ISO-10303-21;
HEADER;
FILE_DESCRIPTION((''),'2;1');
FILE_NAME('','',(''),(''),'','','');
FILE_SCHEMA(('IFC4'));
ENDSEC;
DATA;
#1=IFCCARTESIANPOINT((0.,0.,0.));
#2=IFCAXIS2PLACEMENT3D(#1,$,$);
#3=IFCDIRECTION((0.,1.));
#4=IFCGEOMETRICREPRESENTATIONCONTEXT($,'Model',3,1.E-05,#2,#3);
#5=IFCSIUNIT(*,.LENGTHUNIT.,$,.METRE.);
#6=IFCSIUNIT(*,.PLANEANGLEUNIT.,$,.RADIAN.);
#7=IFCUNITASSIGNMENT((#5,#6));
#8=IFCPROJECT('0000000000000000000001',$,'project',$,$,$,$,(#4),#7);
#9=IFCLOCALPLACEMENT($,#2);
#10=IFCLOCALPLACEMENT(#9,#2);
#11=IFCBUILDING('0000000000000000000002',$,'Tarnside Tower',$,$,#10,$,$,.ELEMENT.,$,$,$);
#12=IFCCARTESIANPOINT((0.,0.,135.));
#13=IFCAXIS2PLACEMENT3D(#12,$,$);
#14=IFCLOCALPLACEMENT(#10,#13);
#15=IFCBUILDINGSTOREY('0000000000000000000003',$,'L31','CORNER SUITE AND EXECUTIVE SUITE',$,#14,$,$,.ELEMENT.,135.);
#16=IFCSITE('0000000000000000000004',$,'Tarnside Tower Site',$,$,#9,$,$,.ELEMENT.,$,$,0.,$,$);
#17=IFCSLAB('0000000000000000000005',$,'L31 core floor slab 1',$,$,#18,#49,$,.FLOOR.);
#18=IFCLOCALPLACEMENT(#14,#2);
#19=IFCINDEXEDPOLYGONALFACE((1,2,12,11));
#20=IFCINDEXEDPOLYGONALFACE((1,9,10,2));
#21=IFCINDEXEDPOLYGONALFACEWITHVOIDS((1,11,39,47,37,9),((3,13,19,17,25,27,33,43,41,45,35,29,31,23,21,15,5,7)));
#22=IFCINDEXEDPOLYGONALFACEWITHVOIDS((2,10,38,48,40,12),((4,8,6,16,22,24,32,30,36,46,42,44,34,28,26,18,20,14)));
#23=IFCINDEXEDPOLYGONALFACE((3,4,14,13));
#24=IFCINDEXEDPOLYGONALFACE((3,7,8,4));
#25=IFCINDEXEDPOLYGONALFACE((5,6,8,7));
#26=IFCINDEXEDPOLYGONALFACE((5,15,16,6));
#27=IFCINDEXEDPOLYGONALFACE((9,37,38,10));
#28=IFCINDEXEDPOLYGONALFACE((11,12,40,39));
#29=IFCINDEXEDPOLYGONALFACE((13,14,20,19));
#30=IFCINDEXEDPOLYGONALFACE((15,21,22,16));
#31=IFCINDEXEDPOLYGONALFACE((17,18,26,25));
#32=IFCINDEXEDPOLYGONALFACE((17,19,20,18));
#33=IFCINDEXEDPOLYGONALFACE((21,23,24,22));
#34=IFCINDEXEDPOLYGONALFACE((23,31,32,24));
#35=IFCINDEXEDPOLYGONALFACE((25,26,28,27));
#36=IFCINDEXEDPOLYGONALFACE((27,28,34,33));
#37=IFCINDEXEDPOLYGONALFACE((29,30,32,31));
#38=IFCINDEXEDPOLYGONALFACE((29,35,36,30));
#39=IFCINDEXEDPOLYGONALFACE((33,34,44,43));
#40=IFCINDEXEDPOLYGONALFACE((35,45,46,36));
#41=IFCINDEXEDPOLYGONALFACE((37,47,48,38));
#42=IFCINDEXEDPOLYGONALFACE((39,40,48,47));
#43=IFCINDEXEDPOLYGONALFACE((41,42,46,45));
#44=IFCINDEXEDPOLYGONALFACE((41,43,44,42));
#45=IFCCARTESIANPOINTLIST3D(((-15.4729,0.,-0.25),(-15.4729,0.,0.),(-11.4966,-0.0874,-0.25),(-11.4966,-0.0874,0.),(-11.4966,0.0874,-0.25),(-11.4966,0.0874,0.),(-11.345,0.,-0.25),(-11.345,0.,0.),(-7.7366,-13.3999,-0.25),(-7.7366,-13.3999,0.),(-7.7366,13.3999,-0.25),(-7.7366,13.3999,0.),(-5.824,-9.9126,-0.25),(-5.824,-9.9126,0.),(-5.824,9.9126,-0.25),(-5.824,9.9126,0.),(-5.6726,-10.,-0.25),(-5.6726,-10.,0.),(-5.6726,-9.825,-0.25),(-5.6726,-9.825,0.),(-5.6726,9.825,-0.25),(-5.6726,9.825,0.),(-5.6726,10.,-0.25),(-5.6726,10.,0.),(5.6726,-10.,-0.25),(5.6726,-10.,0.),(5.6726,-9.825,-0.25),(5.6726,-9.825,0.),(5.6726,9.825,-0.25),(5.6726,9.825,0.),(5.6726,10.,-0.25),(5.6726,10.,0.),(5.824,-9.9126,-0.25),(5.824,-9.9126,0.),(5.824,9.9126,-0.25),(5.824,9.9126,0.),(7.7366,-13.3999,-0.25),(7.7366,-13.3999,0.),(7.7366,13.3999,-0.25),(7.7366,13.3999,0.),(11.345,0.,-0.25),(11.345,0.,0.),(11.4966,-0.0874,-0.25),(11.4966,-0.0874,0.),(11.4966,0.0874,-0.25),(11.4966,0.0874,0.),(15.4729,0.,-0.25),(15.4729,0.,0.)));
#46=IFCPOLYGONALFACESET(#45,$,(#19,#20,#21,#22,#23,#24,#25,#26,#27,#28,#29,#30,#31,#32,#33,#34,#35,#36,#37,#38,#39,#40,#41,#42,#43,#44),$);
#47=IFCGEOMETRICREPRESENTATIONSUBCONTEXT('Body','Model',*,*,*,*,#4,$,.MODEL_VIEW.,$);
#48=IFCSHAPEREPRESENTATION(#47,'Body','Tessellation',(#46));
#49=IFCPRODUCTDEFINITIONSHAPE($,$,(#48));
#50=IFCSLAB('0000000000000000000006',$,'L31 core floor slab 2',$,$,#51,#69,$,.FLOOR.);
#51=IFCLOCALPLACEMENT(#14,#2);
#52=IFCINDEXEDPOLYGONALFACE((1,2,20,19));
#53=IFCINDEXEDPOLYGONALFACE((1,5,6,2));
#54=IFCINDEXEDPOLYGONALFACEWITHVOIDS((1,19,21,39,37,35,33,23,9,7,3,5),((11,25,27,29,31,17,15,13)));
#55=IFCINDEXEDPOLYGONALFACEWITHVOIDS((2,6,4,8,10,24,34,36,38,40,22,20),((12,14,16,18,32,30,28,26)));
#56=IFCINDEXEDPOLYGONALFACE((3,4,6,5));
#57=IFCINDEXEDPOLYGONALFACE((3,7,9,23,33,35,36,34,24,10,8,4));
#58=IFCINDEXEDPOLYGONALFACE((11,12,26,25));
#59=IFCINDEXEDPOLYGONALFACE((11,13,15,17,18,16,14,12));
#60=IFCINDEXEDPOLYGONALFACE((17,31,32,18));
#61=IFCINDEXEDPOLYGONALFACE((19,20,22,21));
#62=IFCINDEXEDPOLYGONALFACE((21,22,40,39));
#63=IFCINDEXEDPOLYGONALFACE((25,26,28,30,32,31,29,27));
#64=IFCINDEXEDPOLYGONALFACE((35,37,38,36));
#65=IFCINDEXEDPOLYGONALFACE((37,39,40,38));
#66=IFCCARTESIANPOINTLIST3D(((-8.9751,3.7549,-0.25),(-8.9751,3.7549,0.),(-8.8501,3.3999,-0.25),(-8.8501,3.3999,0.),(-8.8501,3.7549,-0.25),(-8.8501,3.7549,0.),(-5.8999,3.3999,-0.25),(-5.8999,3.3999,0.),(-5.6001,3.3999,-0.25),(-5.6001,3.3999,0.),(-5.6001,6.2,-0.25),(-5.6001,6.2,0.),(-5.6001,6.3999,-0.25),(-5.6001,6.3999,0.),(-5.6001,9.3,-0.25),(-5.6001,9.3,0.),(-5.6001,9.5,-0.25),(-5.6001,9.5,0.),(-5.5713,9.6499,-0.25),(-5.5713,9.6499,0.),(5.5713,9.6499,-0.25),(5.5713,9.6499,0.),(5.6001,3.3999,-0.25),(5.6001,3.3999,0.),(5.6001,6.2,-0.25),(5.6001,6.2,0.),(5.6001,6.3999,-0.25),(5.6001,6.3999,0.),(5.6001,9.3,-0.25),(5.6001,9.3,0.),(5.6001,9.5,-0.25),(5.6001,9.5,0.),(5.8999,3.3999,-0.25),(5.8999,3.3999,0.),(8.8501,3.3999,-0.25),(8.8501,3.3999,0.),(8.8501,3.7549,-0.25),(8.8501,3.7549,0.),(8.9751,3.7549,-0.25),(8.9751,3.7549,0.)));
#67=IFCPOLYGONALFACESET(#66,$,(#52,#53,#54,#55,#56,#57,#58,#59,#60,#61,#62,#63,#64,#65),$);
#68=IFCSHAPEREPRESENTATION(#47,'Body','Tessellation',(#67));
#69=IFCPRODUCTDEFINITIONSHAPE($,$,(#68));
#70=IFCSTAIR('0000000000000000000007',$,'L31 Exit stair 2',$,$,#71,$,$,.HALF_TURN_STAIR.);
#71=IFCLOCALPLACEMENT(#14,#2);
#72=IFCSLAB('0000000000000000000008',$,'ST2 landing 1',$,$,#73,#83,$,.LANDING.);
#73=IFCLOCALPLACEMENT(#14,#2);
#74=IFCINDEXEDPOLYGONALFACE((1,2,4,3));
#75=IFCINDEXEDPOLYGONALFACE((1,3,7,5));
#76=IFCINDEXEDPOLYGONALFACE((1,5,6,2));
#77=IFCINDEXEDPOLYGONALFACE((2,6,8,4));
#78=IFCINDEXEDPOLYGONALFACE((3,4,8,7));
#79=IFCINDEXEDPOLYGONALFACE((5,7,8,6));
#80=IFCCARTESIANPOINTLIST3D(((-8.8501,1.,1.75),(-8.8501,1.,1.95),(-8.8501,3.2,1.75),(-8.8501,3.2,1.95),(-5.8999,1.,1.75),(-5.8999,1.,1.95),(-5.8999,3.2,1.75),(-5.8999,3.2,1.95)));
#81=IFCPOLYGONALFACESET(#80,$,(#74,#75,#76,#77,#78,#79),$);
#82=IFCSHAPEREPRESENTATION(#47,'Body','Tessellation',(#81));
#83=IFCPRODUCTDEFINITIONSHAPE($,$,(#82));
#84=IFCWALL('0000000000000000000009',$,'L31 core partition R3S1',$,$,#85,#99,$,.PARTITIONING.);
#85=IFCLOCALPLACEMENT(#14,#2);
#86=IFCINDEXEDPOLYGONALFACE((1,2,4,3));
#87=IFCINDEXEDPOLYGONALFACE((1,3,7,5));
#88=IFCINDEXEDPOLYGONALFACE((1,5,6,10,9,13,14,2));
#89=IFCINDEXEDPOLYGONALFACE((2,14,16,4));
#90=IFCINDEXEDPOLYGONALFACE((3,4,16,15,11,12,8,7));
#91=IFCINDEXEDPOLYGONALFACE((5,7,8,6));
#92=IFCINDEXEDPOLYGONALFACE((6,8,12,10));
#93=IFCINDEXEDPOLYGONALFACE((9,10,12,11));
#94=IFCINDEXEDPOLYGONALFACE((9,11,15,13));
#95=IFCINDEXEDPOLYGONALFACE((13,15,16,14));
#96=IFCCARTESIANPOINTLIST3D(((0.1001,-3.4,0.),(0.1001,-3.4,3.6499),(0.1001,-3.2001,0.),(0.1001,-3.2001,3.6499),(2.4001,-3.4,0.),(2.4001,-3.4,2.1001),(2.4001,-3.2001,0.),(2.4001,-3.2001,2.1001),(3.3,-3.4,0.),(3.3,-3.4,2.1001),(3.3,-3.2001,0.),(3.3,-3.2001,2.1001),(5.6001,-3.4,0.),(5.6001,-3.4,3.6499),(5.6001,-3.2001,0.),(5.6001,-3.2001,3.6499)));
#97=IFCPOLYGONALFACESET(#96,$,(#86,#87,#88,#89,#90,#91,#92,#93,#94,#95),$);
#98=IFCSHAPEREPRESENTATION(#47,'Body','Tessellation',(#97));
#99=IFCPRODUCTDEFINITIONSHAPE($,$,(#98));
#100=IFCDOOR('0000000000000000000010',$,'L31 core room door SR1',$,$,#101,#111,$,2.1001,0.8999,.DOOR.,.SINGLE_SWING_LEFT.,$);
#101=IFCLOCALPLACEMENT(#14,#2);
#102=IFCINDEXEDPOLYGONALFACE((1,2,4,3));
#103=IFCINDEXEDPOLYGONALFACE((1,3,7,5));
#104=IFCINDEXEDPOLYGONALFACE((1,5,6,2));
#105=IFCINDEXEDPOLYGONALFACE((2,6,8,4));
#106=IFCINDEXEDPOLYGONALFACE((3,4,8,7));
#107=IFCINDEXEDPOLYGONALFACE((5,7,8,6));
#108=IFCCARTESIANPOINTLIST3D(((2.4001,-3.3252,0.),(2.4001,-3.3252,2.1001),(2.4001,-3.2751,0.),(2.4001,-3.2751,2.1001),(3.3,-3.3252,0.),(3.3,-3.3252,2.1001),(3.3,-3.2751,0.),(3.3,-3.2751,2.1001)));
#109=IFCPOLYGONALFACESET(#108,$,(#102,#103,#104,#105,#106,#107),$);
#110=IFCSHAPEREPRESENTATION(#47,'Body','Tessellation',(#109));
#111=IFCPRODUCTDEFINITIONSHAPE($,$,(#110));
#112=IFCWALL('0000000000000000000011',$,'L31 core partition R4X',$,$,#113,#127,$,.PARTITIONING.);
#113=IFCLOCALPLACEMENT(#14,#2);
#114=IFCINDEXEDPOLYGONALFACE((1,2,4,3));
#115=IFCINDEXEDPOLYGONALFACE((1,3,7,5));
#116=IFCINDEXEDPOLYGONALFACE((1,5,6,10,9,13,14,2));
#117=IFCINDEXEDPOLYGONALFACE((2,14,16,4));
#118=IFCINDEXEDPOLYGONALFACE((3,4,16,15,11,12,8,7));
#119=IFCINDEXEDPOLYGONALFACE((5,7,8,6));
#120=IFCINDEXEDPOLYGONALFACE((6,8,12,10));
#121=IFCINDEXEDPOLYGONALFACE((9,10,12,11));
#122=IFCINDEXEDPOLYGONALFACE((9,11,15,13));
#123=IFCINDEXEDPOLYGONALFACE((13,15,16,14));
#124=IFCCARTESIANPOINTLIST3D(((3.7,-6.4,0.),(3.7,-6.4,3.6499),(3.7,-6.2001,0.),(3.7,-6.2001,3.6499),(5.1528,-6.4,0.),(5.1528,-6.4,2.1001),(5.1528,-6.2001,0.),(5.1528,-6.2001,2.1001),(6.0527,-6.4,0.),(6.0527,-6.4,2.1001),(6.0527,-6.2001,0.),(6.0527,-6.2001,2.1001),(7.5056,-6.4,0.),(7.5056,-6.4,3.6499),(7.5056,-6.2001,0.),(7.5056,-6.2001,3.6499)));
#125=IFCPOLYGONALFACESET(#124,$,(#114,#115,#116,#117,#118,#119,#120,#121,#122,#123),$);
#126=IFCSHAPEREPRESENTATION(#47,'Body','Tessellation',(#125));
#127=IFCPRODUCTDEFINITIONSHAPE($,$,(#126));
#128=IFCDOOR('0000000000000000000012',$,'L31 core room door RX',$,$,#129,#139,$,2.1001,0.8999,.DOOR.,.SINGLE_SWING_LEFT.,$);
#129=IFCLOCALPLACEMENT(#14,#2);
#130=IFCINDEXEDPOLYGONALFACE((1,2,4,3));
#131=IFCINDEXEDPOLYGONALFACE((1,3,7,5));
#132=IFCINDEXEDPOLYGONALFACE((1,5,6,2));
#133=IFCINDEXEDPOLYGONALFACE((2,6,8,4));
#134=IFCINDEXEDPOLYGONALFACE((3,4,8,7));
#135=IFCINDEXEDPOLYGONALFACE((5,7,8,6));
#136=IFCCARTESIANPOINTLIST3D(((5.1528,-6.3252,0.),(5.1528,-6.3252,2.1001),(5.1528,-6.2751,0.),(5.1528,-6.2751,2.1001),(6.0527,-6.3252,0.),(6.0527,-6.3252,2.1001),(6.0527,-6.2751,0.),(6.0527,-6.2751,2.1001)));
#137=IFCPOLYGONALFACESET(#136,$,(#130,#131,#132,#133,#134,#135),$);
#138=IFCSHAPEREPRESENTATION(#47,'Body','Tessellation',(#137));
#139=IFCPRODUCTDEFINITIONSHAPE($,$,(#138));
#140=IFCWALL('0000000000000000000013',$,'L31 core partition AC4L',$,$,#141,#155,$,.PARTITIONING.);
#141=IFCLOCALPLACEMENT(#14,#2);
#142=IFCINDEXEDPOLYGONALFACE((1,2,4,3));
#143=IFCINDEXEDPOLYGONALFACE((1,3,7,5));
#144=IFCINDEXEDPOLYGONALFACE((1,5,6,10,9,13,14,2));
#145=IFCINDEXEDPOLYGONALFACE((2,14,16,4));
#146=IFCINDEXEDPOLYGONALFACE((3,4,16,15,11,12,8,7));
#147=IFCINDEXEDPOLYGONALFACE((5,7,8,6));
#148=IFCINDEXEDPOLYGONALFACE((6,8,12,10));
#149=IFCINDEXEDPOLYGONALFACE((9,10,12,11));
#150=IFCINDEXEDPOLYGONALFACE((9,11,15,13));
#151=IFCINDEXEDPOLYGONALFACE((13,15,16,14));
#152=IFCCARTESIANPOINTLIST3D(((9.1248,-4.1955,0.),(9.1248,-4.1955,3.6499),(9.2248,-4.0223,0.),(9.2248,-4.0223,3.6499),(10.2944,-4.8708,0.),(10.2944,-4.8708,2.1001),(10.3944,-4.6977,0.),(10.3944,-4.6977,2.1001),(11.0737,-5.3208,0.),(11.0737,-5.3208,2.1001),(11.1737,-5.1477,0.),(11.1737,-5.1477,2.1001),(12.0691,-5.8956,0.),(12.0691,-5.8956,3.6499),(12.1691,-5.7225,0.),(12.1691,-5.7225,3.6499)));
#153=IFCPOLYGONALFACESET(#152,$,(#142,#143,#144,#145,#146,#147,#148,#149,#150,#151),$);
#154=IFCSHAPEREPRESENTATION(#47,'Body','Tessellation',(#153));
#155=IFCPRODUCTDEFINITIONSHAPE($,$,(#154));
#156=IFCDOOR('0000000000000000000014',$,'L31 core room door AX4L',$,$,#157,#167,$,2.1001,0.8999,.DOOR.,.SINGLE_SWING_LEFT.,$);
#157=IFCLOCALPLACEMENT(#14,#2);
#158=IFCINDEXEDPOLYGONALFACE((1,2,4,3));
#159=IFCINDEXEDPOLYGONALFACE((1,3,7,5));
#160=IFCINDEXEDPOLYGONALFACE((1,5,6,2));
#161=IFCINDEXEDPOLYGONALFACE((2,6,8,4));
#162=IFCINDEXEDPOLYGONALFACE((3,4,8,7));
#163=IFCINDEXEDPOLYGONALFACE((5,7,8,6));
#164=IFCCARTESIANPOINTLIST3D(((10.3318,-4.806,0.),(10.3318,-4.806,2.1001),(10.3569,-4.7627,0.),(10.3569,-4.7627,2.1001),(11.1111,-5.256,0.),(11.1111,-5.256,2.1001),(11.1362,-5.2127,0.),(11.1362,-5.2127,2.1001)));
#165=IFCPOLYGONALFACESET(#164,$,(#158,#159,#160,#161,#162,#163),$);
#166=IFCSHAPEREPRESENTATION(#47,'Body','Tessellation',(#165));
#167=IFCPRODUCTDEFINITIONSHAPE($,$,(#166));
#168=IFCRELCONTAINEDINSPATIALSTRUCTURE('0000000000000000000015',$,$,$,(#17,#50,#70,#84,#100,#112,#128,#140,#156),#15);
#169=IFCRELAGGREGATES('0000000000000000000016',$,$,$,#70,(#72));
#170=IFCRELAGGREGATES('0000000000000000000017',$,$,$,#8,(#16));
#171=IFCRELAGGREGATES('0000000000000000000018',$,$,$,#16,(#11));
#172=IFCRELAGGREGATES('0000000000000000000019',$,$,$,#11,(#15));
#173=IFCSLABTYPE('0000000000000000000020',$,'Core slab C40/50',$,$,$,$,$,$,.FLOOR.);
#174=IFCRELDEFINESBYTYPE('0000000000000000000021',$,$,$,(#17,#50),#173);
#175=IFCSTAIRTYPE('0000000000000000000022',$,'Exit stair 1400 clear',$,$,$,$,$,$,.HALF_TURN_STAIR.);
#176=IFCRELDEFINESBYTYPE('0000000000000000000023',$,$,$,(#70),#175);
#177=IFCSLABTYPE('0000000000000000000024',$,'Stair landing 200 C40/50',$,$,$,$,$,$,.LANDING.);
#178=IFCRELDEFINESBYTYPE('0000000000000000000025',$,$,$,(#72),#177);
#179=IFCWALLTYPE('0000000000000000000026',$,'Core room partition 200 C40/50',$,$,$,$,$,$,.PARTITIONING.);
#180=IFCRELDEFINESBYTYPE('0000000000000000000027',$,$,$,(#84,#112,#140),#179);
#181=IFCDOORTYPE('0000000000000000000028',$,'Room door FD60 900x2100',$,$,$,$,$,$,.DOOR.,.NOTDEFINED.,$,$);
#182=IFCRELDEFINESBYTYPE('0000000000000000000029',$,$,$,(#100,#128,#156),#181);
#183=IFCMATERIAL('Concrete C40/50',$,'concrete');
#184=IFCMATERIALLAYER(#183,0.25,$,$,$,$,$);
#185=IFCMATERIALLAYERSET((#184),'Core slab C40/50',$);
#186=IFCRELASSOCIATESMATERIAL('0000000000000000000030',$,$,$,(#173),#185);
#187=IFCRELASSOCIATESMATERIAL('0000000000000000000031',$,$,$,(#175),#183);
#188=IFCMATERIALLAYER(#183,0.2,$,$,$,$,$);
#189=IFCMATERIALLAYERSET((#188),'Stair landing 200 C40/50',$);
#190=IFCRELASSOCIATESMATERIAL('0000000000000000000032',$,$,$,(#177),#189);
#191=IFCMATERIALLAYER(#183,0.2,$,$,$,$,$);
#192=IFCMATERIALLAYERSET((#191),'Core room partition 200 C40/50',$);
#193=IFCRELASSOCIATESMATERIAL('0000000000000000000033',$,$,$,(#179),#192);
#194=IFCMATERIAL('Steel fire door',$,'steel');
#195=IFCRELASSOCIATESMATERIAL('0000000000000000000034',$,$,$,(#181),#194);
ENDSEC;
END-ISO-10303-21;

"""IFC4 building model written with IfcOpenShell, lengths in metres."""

from ifc_helpers import new_model, si_unit, direction, frame, frame_2d, origin, place, context, subcontext, project, spatial, polyline, rectangle, outline, extrude, material, layer, layer_set, type_object, element, fill, aggregate, save


model = new_model("IFC4")

# Units and contexts
model_context = context("Model", 3, precision=1e-05, world=origin(), true_north=direction((0.0, 1.0)))
body_context = subcontext(model_context, "Body", "Model", "MODEL_VIEW")
ifc_project = project(units=[si_unit("LENGTHUNIT", "METRE"), si_unit("PLANEANGLEUNIT", "RADIAN")], contexts=[model_context])

# Site, building, storey
site_placement = place(None, origin())
site = spatial("IfcSite", under=ifc_project, at=site_placement, Name="Tarnside Tower Site", CompositionType="ELEMENT", RefElevation=0.0)
building_placement = place(site_placement, origin())
building = spatial("IfcBuilding", under=site, at=building_placement, Name="Tarnside Tower", CompositionType="ELEMENT")
storey_placement = place(building_placement, frame((0.0, 0.0, 135.0)))
storey = spatial("IfcBuildingStorey", under=building, at=storey_placement, Name="L31", Description="CORNER SUITE AND EXECUTIVE SUITE", CompositionType="ELEMENT", Elevation=135.0)

# Slabs
ifc_material_1 = material(Name="Concrete C40/50", Category="concrete")
ifc_layer_1 = layer(ifc_material_1, 0.25)
ifc_layer_set_1 = layer_set([ifc_layer_1], Name="Core slab C40/50")
slab_type_1 = type_object("IfcSlabType", Name="Core slab C40/50", PredefinedType="FLOOR", material=ifc_layer_set_1)
slab_1_placement = place(storey_placement, frame((0.0, 0.0, -0.25)))
element("IfcSlab", 1, at=slab_1_placement, inside=storey, type_object=slab_type_1, Name="L31 core floor slab 1", PredefinedType="FLOOR", context=body_context, shape_type="SweptSolid", body=[
    extrude(outline(polyline([(-15.4729, 0.0), (-7.7366, 13.3999), (7.7366, 13.3999), (15.4729, 0.0), (7.7366, -13.3999), (-7.7366, -13.3999), (-15.4729, 0.0)]), holes=[polyline([(5.824, -9.9126), (11.4966, -0.0874), (11.345, 0.0), (11.4966, 0.0874), (5.824, 9.9126), (5.6726, 9.825), (5.6726, 10.0), (-5.6726, 10.0), (-5.6726, 9.825), (-5.824, 9.9126), (-11.4966, 0.0874), (-11.345, 0.0), (-11.4966, -0.0874), (-5.824, -9.9126), (-5.6726, -9.825), (-5.6726, -10.0), (5.6726, -10.0), (5.6726, -9.825), (5.824, -9.9126)])]), origin(), (0.0, 0.0, 1.0), 0.25),
])
slab_2_placement = place(storey_placement, frame((0.0, 0.0, -0.25)))
element("IfcSlab", 2, at=slab_2_placement, inside=storey, type_object=slab_type_1, Name="L31 core floor slab 2", PredefinedType="FLOOR", context=body_context, shape_type="SweptSolid", body=[
    extrude(outline(polyline([(-8.9751, 3.7549), (-5.5713, 9.6499), (5.5713, 9.6499), (8.9751, 3.7549), (8.8501, 3.7549), (8.8501, 3.3999), (5.8999, 3.3999), (5.6001, 3.3999), (5.6001, 3.3999), (-5.6001, 3.3999), (-5.8999, 3.3999), (-8.8501, 3.3999), (-8.8501, 3.7549), (-8.9751, 3.7549)]), holes=[polyline([(-5.6001, 6.2), (5.6001, 6.2), (5.6001, 6.3999), (5.6001, 9.3), (5.6001, 9.5), (-5.6001, 9.5), (-5.6001, 9.3), (-5.6001, 6.3999), (-5.6001, 6.2)])]), origin(), (0.0, 0.0, 1.0), 0.25),
])

# Stair, slab
stair_type = type_object("IfcStairType", Name="Exit stair 1400 clear", PredefinedType="HALF_TURN_STAIR", material=ifc_material_1)
stair_1_placement = place(storey_placement, origin())
stair_1 = element("IfcStair", 3, at=stair_1_placement, inside=storey, type_object=stair_type, Name="L31 Exit stair 2", PredefinedType="HALF_TURN_STAIR")
ifc_layer_2 = layer(ifc_material_1, 0.2)
ifc_layer_set_2 = layer_set([ifc_layer_2], Name="Stair landing 200 C40/50")
slab_type_2 = type_object("IfcSlabType", Name="Stair landing 200 C40/50", PredefinedType="LANDING", material=ifc_layer_set_2)
slab_3_placement = place(storey_placement, frame((0.0, 0.0, 1.75)))
slab_3 = element("IfcSlab", 4, at=slab_3_placement, type_object=slab_type_2, Name="ST2 landing 1", PredefinedType="LANDING", context=body_context, shape_type="SweptSolid", body=[
    extrude(outline(polyline([(-5.8999, 1.0), (-5.8999, 3.2), (-8.8501, 3.2), (-8.8501, 1.0), (-5.8999, 1.0)])), origin(), (0.0, 0.0, 1.0), 0.2),
])
aggregate(stair_1, [slab_3])

# Walls, openings, doors
ifc_layer_3 = layer(ifc_material_1, 0.2)
ifc_layer_set_3 = layer_set([ifc_layer_3], Name="Core room partition 200 C40/50")
wall_type_1 = type_object("IfcWallType", Name="Core room partition 200 C40/50", PredefinedType="PARTITIONING", material=ifc_layer_set_3)
wall_1_placement = place(storey_placement, frame((0.1001, -3.3, 0.0), z_axis=(0.0, 0.0, 1.0), x_axis=(1.0, 0.0, 0.0)))
wall_1 = element("IfcWall", 5, at=wall_1_placement, inside=storey, type_object=wall_type_1, Name="L31 core partition R3S1", PredefinedType="PARTITIONING", context=body_context, shape_type="SweptSolid", body=[
    extrude(rectangle(XDim=5.5, YDim=0.2, at=frame_2d((2.75, 0.0))), origin(), (0.0, 0.0, 1.0), 3.6499),
])
opening_1_placement = place(wall_1_placement, frame((2.3, 0.0, 0.0)))
opening_1 = element("IfcOpeningElement", 6, at=opening_1_placement, cuts=wall_1, PredefinedType="OPENING", context=body_context, shape_type="SweptSolid", body=[
    extrude(rectangle(XDim=0.8999, YDim=2.1001, at=frame_2d((0.45, 1.05))), frame((0.0, 0.1099, 0.0), z_axis=(0.0, -1.0, 0.0), x_axis=(1.0, 0.0, 0.0)), (0.0, 0.0, 1.0), 0.22),
])
ifc_material_2 = material(Name="Steel fire door", Category="steel")
door_type_1 = type_object("IfcDoorType", Name="Room door FD60 900x2100", OperationType="NOTDEFINED", PredefinedType="DOOR", material=ifc_material_2)
door_1_placement = place(opening_1_placement, origin())
door_1 = element("IfcDoor", 7, at=door_1_placement, inside=storey, type_object=door_type_1, Name="L31 core room door SR1", OperationType="SINGLE_SWING_LEFT", OverallHeight=2.1001, OverallWidth=0.8999, PredefinedType="DOOR", context=body_context, shape_type="SweptSolid", body=[
    extrude(rectangle(XDim=0.8999, YDim=2.1001, at=frame_2d((0.45, 1.05))), frame((0.0, 0.0249, 0.0), z_axis=(0.0, -1.0, 0.0), x_axis=(1.0, 0.0, 0.0)), (0.0, 0.0, 1.0), 0.05),
])
fill(opening_1, door_1)
wall_2_placement = place(storey_placement, frame((3.7, -6.3, 0.0), z_axis=(0.0, 0.0, 1.0), x_axis=(1.0, 0.0, 0.0)))
wall_2 = element("IfcWall", 8, at=wall_2_placement, inside=storey, type_object=wall_type_1, Name="L31 core partition R4X", PredefinedType="PARTITIONING", context=body_context, shape_type="SweptSolid", body=[
    extrude(rectangle(XDim=3.8057, YDim=0.2, at=frame_2d((1.9028, 0.0))), origin(), (0.0, 0.0, 1.0), 3.6499),
])
opening_2_placement = place(wall_2_placement, frame((1.4529, 0.0, 0.0)))
opening_2 = element("IfcOpeningElement", 9, at=opening_2_placement, cuts=wall_2, PredefinedType="OPENING", context=body_context, shape_type="SweptSolid", body=[
    extrude(rectangle(XDim=0.8999, YDim=2.1001, at=frame_2d((0.45, 1.05))), frame((0.0, 0.1099, 0.0), z_axis=(0.0, -1.0, 0.0), x_axis=(1.0, 0.0, 0.0)), (0.0, 0.0, 1.0), 0.22),
])
door_2_placement = place(opening_2_placement, origin())
door_2 = element("IfcDoor", 10, at=door_2_placement, inside=storey, type_object=door_type_1, Name="L31 core room door RX", OperationType="SINGLE_SWING_LEFT", OverallHeight=2.1001, OverallWidth=0.8999, PredefinedType="DOOR", context=body_context, shape_type="SweptSolid", body=[
    extrude(rectangle(XDim=0.8999, YDim=2.1001, at=frame_2d((0.45, 1.05))), frame((0.0, 0.0249, 0.0), z_axis=(0.0, -1.0, 0.0), x_axis=(1.0, 0.0, 0.0)), (0.0, 0.0, 1.0), 0.05),
])
fill(opening_2, door_2)
wall_3_placement = place(storey_placement, frame((9.1748, -4.1089, 0.0), z_axis=(0.0, 0.0, 1.0), x_axis=(0.865989, -0.500062, 0.0)))
wall_3 = element("IfcWall", 11, at=wall_3_placement, inside=storey, type_object=wall_type_1, Name="L31 core partition AC4L", PredefinedType="PARTITIONING", context=body_context, shape_type="SweptSolid", body=[
    extrude(rectangle(XDim=3.3999, YDim=0.2, at=frame_2d((1.7, 0.0))), origin(), (0.0, 0.0, 1.0), 3.6499),
])
opening_3_placement = place(wall_3_placement, frame((1.3506, 0.0, 0.0)))
opening_3 = element("IfcOpeningElement", 12, at=opening_3_placement, cuts=wall_3, PredefinedType="OPENING", context=body_context, shape_type="SweptSolid", body=[
    extrude(rectangle(XDim=0.8999, YDim=2.1001, at=frame_2d((0.45, 1.05))), frame((0.0, 0.1099, 0.0), z_axis=(0.0, -1.0, 0.0), x_axis=(1.0, 0.0, 0.0)), (0.0, 0.0, 1.0), 0.22),
])
door_3_placement = place(opening_3_placement, origin())
door_3 = element("IfcDoor", 13, at=door_3_placement, inside=storey, type_object=door_type_1, Name="L31 core room door AX4L", OperationType="SINGLE_SWING_LEFT", OverallHeight=2.1001, OverallWidth=0.8999, PredefinedType="DOOR", context=body_context, shape_type="SweptSolid", body=[
    extrude(rectangle(XDim=0.8999, YDim=2.1001, at=frame_2d((0.45, 1.05))), frame((0.0, 0.0249, 0.0), z_axis=(0.0, -1.0, 0.0), x_axis=(1.0, 0.0, 0.0)), (0.0, 0.0, 1.0), 0.05),
])
fill(opening_3, door_3)

save(model, "model.ifc")
